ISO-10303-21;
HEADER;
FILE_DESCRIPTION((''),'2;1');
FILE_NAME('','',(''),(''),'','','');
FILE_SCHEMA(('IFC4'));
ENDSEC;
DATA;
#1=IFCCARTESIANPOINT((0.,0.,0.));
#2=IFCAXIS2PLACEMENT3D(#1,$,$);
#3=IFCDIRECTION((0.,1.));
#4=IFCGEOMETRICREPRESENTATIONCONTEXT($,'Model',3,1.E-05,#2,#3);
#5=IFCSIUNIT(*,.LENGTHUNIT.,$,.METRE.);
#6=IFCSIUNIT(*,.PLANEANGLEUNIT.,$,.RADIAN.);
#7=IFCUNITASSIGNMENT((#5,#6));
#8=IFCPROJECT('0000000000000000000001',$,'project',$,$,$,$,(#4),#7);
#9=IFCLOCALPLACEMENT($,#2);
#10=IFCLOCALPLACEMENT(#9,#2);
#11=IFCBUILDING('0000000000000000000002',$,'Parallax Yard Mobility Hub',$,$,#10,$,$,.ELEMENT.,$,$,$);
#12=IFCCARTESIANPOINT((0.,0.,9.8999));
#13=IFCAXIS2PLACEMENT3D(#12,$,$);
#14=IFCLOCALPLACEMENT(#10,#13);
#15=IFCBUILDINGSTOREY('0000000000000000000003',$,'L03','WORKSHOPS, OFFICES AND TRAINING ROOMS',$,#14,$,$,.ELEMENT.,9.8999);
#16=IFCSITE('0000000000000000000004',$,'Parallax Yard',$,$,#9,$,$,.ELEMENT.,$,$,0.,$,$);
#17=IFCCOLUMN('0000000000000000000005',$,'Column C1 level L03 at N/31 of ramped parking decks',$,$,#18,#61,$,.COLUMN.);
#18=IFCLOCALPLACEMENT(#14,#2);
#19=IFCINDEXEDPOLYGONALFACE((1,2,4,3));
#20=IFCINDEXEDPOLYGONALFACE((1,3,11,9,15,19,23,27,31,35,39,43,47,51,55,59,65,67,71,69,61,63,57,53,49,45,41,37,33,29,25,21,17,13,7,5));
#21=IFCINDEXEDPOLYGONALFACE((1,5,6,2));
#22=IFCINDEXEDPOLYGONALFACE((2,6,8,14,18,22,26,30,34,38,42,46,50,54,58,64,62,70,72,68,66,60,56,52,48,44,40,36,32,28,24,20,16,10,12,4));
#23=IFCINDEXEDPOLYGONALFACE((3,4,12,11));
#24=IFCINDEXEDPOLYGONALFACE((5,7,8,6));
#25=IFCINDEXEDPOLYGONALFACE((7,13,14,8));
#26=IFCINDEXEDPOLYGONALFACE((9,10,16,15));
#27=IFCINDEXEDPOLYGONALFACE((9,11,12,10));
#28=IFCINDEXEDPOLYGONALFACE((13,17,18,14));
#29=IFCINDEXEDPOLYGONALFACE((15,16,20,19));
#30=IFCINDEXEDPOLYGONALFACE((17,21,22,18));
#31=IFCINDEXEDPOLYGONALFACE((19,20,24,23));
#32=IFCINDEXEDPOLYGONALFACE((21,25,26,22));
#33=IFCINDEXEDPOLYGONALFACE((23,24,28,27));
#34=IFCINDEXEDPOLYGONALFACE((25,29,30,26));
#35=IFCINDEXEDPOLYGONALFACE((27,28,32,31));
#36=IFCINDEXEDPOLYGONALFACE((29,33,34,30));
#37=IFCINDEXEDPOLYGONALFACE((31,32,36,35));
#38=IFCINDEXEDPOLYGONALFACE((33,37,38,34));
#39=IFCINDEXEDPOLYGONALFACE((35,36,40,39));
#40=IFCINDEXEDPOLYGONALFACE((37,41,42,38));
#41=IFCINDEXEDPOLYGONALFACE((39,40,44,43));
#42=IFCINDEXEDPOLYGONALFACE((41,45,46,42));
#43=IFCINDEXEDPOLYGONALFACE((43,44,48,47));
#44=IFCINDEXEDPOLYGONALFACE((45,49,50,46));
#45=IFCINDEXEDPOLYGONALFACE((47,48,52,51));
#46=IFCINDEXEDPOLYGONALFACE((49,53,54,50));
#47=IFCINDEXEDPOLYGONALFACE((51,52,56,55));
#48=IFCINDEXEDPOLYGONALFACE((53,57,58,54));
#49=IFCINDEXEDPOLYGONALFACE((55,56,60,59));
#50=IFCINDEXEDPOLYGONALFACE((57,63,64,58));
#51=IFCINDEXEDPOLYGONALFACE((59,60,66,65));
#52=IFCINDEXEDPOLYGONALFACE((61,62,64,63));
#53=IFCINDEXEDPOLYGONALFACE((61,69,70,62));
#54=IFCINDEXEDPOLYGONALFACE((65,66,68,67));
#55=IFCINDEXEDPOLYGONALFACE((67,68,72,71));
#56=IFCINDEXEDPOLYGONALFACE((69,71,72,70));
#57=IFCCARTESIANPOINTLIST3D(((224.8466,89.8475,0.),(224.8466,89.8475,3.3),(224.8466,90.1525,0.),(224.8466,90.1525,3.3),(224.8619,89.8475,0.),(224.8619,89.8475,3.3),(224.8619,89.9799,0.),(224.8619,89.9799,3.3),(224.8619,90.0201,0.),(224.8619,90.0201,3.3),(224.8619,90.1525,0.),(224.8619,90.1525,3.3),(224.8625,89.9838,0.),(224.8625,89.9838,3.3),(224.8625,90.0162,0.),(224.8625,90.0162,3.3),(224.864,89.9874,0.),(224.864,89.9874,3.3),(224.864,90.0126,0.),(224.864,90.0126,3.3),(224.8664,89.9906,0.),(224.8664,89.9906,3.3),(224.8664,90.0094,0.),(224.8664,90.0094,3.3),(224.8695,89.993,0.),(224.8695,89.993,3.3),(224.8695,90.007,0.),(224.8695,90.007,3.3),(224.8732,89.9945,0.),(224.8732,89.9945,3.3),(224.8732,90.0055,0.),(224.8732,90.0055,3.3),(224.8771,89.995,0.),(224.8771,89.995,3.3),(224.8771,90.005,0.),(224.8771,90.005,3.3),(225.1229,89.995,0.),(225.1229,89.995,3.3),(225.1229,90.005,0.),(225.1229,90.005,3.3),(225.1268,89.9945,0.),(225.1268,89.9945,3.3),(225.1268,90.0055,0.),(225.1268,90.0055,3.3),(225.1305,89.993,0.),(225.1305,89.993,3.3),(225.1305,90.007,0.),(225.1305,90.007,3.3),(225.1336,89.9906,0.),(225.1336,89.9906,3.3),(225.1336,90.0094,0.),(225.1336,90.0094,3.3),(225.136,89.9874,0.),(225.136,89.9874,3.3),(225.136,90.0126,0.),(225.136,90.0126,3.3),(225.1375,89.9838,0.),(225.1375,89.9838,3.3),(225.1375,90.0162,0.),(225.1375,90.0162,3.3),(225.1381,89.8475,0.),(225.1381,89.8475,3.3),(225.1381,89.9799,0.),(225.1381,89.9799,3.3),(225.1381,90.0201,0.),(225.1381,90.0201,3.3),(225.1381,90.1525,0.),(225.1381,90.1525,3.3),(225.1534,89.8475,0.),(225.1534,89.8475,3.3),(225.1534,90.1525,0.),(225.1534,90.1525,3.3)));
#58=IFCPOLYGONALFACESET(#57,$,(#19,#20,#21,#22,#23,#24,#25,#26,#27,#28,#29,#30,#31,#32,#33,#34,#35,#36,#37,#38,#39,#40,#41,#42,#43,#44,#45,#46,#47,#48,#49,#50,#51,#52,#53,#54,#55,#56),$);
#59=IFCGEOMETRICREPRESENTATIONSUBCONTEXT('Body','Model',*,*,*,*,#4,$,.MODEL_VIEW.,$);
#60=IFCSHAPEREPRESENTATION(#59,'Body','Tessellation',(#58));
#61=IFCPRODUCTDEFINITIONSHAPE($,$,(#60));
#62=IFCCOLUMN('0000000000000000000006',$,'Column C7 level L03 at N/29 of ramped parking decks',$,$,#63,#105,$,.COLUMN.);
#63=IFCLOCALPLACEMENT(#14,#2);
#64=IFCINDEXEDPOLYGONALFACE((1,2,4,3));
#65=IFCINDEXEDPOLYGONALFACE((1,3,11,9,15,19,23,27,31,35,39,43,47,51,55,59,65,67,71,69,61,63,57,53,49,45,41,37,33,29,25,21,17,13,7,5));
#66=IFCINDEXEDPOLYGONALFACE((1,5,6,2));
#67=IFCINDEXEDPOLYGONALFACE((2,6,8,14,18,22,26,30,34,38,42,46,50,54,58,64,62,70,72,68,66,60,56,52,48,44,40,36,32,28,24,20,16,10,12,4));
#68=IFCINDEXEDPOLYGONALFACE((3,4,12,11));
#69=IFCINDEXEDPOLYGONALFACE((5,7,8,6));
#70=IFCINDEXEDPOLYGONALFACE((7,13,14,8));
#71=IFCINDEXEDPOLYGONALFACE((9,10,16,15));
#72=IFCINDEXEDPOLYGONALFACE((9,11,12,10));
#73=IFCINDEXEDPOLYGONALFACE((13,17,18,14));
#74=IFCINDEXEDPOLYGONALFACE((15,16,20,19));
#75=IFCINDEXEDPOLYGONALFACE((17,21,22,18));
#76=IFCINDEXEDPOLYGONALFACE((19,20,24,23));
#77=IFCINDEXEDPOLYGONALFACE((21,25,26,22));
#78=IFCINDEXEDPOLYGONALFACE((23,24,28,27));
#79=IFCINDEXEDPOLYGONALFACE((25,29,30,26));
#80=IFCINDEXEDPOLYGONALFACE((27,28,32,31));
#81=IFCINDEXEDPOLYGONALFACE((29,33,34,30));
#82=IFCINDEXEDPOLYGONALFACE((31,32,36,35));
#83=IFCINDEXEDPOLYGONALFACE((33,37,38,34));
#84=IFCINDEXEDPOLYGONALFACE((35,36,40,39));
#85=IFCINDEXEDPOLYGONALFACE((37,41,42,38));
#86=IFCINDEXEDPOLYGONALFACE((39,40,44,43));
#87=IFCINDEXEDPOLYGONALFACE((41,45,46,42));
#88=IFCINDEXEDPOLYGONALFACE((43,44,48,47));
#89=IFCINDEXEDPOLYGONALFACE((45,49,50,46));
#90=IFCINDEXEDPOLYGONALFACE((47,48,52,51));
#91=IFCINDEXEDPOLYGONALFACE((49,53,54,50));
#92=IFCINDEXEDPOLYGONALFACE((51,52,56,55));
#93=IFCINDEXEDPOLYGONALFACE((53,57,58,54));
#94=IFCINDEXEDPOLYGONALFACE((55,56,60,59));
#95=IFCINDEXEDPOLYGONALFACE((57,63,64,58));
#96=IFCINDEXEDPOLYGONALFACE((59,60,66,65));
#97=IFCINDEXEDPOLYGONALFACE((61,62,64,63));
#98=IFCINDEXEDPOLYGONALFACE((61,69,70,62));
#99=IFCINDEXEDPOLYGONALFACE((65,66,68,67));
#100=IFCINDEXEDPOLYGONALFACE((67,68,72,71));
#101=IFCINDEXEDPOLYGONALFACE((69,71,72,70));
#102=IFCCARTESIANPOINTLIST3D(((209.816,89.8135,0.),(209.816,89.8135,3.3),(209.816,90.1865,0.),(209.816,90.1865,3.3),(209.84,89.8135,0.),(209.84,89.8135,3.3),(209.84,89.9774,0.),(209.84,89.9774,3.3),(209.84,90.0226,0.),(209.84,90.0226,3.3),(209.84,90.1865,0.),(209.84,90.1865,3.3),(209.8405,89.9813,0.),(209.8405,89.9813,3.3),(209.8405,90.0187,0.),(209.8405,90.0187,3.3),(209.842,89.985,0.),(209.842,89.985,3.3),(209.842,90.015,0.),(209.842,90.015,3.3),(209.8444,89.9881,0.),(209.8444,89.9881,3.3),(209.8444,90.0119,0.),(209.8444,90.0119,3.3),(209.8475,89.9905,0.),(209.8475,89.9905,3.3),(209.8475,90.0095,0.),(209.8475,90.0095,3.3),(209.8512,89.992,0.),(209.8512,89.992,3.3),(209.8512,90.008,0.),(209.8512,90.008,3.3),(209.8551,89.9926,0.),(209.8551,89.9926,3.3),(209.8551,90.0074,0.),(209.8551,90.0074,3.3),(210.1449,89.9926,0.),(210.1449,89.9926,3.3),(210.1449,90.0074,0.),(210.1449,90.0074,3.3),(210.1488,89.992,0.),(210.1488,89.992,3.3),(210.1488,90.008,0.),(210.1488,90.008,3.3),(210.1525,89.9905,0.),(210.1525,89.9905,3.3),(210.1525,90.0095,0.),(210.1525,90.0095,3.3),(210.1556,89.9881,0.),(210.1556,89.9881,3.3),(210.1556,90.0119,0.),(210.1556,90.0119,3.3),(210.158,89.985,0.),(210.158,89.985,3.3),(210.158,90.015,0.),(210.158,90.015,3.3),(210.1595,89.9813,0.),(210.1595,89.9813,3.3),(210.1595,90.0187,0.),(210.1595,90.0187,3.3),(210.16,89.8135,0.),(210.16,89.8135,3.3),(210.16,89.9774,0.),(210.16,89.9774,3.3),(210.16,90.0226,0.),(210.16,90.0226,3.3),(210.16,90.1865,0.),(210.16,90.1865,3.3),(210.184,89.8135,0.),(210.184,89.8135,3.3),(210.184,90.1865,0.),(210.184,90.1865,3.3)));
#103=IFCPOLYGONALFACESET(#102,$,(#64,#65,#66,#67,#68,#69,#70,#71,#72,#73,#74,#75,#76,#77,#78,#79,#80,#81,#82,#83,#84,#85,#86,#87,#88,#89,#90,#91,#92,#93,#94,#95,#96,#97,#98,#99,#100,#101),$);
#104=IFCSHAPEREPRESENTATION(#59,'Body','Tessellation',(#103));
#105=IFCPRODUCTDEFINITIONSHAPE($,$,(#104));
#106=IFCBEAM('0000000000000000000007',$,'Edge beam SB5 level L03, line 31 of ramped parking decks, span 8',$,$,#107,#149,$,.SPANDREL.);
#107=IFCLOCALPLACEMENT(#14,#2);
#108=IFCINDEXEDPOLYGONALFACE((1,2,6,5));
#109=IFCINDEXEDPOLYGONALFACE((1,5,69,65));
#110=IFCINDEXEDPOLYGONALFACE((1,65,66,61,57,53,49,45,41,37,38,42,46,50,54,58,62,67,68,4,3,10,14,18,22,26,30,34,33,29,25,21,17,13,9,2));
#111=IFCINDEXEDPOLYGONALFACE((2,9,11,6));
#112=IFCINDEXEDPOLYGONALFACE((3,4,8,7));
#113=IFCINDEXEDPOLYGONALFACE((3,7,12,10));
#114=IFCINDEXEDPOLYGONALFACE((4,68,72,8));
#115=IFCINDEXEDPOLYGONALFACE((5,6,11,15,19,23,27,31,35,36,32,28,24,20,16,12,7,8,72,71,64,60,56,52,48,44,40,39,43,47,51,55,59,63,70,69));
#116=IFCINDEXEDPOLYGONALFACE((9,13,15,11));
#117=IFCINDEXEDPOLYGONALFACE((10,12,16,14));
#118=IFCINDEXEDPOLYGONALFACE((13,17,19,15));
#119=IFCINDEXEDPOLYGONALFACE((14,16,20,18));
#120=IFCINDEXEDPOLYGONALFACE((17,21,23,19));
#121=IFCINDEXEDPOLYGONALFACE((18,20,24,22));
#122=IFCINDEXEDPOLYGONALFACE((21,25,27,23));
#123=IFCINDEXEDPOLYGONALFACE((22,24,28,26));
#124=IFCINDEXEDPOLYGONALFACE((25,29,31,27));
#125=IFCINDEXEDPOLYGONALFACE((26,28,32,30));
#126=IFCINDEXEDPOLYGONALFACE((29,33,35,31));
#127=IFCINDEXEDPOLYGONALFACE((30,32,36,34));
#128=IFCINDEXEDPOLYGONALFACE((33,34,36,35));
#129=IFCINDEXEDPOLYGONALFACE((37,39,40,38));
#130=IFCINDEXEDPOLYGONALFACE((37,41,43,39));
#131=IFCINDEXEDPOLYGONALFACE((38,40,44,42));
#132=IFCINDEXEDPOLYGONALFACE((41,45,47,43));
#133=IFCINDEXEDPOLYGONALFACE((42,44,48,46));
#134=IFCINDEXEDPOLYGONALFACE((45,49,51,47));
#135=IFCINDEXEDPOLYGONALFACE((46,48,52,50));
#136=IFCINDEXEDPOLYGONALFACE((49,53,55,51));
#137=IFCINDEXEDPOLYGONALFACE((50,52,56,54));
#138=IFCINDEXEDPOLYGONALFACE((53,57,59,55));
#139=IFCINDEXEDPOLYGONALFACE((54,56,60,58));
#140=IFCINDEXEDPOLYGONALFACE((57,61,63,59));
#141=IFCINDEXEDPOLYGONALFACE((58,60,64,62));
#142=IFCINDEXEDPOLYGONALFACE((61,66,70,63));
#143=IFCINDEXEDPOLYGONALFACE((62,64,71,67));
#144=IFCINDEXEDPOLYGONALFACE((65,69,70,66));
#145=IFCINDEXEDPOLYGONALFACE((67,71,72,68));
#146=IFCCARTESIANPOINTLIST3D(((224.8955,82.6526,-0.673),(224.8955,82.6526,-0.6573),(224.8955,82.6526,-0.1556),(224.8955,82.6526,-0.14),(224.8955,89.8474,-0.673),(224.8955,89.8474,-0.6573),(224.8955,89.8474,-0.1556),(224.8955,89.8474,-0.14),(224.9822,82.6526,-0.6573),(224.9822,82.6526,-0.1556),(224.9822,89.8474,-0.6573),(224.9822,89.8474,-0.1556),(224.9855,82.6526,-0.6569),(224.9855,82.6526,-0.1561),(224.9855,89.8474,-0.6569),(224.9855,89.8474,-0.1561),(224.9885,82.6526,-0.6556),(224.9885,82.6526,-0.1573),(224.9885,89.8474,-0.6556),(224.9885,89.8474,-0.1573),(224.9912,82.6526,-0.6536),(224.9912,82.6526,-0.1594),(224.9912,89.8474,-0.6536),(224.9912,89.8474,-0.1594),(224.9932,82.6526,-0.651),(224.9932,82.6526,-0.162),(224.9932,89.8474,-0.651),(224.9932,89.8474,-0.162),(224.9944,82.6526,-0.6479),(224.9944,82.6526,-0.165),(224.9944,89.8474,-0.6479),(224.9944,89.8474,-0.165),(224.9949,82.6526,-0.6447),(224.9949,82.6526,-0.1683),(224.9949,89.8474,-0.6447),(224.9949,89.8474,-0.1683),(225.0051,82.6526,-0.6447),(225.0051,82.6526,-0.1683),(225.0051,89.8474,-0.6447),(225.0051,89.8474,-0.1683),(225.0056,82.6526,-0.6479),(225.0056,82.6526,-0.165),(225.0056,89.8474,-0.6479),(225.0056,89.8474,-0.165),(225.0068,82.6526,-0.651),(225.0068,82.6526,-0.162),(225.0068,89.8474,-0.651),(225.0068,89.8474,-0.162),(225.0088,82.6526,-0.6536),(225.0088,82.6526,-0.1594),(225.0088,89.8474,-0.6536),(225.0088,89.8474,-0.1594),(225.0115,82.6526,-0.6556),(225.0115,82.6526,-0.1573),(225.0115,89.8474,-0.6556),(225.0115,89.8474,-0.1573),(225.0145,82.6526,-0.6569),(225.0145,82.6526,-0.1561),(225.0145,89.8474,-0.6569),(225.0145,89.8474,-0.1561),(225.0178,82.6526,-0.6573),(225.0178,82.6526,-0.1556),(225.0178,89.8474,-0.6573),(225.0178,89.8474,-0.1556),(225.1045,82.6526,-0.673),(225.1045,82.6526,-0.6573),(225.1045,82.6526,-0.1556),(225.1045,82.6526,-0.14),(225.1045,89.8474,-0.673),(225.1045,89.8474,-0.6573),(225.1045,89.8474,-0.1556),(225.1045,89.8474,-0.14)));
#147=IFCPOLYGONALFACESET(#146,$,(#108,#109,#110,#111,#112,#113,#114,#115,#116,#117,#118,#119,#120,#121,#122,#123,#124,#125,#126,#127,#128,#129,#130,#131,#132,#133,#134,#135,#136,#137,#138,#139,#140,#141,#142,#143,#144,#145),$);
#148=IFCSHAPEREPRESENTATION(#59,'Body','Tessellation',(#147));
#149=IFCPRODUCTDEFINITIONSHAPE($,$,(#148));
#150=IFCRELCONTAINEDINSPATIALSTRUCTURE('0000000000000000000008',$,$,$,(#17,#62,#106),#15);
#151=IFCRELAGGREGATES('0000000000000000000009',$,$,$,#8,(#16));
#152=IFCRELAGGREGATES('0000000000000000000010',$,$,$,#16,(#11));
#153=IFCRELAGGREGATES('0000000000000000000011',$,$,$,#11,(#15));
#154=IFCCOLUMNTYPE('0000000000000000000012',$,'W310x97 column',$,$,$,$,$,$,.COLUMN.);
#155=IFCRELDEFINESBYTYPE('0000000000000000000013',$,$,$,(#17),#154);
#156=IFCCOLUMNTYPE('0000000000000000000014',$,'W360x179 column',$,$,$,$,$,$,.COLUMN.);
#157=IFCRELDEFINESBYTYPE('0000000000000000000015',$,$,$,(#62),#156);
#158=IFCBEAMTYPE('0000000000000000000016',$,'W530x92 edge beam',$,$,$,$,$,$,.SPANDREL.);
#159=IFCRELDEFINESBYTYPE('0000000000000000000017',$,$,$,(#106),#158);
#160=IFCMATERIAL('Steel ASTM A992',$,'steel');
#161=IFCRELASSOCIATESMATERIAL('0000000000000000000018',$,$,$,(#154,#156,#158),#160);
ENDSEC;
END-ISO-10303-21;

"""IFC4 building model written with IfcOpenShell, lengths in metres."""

from ifc_helpers import new_model, si_unit, direction, frame, origin, origin_2d, place, context, subcontext, project, spatial, i_section, extrude, material, material_profile, profile_set, type_object, element, save


model = new_model("IFC4")

# Units and contexts
model_context = context("Model", 3, precision=1e-05, world=origin(), true_north=direction((0.0, 1.0)))
body_context = subcontext(model_context, "Body", "Model", "MODEL_VIEW")
ifc_project = project(units=[si_unit("LENGTHUNIT", "METRE"), si_unit("PLANEANGLEUNIT", "RADIAN")], contexts=[model_context])

# Site, building, storey
site_placement = place(None, origin())
site = spatial("IfcSite", under=ifc_project, at=site_placement, Name="Parallax Yard", CompositionType="ELEMENT", RefElevation=0.0)
building_placement = place(site_placement, origin())
building = spatial("IfcBuilding", under=site, at=building_placement, Name="Parallax Yard Mobility Hub", CompositionType="ELEMENT")
storey_placement = place(building_placement, frame((0.0, 0.0, 9.8999)))
storey = spatial("IfcBuildingStorey", under=building, at=storey_placement, Name="L03", Description="WORKSHOPS, OFFICES AND TRAINING ROOMS", CompositionType="ELEMENT", Elevation=9.8999)

# Columns
ifc_material_1 = material(Name="Steel ASTM A992", Category="steel")
ifc_material_profile_1 = material_profile(ifc_material_1, i_section(OverallWidth=0.3049, OverallDepth=0.3069, WebThickness=0.01, FlangeThickness=0.0154, FilletRadius=0.0151, at=origin_2d()), Name="W310x97")
ifc_profile_set_1 = profile_set([ifc_material_profile_1], Name="Steel ASTM A992")
column_type_1 = type_object("IfcColumnType", Name="W310x97 column", PredefinedType="COLUMN", material=ifc_profile_set_1)
column_1_placement = place(storey_placement, frame((225.0, 90.0, 0.0), z_axis=(0.0, 0.0, 1.0), x_axis=(0.0, 1.0, 0.0)))
element("IfcColumn", 1, at=column_1_placement, inside=storey, type_object=column_type_1, Name="Column C1 level L03 at N/31 of ramped parking decks", PredefinedType="COLUMN", context=body_context, shape_type="SweptSolid", body=[
    extrude(i_section(OverallWidth=0.3049, OverallDepth=0.3069, WebThickness=0.01, FlangeThickness=0.0154, FilletRadius=0.0151, at=origin_2d()), origin(), (0.0, 0.0, 1.0), 3.3),
])
ifc_material_profile_2 = material_profile(ifc_material_1, i_section(OverallWidth=0.373, OverallDepth=0.3679, WebThickness=0.0149, FlangeThickness=0.0239, FilletRadius=0.0151, at=origin_2d()), Name="W360x179")
ifc_profile_set_2 = profile_set([ifc_material_profile_2], Name="Steel ASTM A992")
column_type_2 = type_object("IfcColumnType", Name="W360x179 column", PredefinedType="COLUMN", material=ifc_profile_set_2)
column_2_placement = place(storey_placement, frame((210.0, 90.0, 0.0), z_axis=(0.0, 0.0, 1.0), x_axis=(0.0, 1.0, 0.0)))
element("IfcColumn", 2, at=column_2_placement, inside=storey, type_object=column_type_2, Name="Column C7 level L03 at N/29 of ramped parking decks", PredefinedType="COLUMN", context=body_context, shape_type="SweptSolid", body=[
    extrude(i_section(OverallWidth=0.373, OverallDepth=0.3679, WebThickness=0.0149, FlangeThickness=0.0239, FilletRadius=0.0151, at=origin_2d()), origin(), (0.0, 0.0, 1.0), 3.3),
])

# Beam
ifc_material_profile_3 = material_profile(ifc_material_1, i_section(OverallWidth=0.209, OverallDepth=0.533, WebThickness=0.0103, FlangeThickness=0.0156, FilletRadius=0.0127, at=origin_2d()), Name="W530x92")
ifc_profile_set_3 = profile_set([ifc_material_profile_3], Name="Steel ASTM A992")
beam_type_1 = type_object("IfcBeamType", Name="W530x92 edge beam", PredefinedType="SPANDREL", material=ifc_profile_set_3)
beam_1_placement = place(storey_placement, frame((225.0, 82.6526, -0.4065), z_axis=(0.0, 1.0, 0.0), x_axis=(-1.0, 0.0, 0.0)))
element("IfcBeam", 3, at=beam_1_placement, inside=storey, type_object=beam_type_1, Name="Edge beam SB5 level L03, line 31 of ramped parking decks, span 8", PredefinedType="SPANDREL", context=body_context, shape_type="SweptSolid", body=[
    extrude(i_section(OverallWidth=0.209, OverallDepth=0.533, WebThickness=0.0103, FlangeThickness=0.0156, FilletRadius=0.0127, at=origin_2d()), origin(), (0.0, 0.0, 1.0), 7.1948),
])

save(model, "model.ifc")
